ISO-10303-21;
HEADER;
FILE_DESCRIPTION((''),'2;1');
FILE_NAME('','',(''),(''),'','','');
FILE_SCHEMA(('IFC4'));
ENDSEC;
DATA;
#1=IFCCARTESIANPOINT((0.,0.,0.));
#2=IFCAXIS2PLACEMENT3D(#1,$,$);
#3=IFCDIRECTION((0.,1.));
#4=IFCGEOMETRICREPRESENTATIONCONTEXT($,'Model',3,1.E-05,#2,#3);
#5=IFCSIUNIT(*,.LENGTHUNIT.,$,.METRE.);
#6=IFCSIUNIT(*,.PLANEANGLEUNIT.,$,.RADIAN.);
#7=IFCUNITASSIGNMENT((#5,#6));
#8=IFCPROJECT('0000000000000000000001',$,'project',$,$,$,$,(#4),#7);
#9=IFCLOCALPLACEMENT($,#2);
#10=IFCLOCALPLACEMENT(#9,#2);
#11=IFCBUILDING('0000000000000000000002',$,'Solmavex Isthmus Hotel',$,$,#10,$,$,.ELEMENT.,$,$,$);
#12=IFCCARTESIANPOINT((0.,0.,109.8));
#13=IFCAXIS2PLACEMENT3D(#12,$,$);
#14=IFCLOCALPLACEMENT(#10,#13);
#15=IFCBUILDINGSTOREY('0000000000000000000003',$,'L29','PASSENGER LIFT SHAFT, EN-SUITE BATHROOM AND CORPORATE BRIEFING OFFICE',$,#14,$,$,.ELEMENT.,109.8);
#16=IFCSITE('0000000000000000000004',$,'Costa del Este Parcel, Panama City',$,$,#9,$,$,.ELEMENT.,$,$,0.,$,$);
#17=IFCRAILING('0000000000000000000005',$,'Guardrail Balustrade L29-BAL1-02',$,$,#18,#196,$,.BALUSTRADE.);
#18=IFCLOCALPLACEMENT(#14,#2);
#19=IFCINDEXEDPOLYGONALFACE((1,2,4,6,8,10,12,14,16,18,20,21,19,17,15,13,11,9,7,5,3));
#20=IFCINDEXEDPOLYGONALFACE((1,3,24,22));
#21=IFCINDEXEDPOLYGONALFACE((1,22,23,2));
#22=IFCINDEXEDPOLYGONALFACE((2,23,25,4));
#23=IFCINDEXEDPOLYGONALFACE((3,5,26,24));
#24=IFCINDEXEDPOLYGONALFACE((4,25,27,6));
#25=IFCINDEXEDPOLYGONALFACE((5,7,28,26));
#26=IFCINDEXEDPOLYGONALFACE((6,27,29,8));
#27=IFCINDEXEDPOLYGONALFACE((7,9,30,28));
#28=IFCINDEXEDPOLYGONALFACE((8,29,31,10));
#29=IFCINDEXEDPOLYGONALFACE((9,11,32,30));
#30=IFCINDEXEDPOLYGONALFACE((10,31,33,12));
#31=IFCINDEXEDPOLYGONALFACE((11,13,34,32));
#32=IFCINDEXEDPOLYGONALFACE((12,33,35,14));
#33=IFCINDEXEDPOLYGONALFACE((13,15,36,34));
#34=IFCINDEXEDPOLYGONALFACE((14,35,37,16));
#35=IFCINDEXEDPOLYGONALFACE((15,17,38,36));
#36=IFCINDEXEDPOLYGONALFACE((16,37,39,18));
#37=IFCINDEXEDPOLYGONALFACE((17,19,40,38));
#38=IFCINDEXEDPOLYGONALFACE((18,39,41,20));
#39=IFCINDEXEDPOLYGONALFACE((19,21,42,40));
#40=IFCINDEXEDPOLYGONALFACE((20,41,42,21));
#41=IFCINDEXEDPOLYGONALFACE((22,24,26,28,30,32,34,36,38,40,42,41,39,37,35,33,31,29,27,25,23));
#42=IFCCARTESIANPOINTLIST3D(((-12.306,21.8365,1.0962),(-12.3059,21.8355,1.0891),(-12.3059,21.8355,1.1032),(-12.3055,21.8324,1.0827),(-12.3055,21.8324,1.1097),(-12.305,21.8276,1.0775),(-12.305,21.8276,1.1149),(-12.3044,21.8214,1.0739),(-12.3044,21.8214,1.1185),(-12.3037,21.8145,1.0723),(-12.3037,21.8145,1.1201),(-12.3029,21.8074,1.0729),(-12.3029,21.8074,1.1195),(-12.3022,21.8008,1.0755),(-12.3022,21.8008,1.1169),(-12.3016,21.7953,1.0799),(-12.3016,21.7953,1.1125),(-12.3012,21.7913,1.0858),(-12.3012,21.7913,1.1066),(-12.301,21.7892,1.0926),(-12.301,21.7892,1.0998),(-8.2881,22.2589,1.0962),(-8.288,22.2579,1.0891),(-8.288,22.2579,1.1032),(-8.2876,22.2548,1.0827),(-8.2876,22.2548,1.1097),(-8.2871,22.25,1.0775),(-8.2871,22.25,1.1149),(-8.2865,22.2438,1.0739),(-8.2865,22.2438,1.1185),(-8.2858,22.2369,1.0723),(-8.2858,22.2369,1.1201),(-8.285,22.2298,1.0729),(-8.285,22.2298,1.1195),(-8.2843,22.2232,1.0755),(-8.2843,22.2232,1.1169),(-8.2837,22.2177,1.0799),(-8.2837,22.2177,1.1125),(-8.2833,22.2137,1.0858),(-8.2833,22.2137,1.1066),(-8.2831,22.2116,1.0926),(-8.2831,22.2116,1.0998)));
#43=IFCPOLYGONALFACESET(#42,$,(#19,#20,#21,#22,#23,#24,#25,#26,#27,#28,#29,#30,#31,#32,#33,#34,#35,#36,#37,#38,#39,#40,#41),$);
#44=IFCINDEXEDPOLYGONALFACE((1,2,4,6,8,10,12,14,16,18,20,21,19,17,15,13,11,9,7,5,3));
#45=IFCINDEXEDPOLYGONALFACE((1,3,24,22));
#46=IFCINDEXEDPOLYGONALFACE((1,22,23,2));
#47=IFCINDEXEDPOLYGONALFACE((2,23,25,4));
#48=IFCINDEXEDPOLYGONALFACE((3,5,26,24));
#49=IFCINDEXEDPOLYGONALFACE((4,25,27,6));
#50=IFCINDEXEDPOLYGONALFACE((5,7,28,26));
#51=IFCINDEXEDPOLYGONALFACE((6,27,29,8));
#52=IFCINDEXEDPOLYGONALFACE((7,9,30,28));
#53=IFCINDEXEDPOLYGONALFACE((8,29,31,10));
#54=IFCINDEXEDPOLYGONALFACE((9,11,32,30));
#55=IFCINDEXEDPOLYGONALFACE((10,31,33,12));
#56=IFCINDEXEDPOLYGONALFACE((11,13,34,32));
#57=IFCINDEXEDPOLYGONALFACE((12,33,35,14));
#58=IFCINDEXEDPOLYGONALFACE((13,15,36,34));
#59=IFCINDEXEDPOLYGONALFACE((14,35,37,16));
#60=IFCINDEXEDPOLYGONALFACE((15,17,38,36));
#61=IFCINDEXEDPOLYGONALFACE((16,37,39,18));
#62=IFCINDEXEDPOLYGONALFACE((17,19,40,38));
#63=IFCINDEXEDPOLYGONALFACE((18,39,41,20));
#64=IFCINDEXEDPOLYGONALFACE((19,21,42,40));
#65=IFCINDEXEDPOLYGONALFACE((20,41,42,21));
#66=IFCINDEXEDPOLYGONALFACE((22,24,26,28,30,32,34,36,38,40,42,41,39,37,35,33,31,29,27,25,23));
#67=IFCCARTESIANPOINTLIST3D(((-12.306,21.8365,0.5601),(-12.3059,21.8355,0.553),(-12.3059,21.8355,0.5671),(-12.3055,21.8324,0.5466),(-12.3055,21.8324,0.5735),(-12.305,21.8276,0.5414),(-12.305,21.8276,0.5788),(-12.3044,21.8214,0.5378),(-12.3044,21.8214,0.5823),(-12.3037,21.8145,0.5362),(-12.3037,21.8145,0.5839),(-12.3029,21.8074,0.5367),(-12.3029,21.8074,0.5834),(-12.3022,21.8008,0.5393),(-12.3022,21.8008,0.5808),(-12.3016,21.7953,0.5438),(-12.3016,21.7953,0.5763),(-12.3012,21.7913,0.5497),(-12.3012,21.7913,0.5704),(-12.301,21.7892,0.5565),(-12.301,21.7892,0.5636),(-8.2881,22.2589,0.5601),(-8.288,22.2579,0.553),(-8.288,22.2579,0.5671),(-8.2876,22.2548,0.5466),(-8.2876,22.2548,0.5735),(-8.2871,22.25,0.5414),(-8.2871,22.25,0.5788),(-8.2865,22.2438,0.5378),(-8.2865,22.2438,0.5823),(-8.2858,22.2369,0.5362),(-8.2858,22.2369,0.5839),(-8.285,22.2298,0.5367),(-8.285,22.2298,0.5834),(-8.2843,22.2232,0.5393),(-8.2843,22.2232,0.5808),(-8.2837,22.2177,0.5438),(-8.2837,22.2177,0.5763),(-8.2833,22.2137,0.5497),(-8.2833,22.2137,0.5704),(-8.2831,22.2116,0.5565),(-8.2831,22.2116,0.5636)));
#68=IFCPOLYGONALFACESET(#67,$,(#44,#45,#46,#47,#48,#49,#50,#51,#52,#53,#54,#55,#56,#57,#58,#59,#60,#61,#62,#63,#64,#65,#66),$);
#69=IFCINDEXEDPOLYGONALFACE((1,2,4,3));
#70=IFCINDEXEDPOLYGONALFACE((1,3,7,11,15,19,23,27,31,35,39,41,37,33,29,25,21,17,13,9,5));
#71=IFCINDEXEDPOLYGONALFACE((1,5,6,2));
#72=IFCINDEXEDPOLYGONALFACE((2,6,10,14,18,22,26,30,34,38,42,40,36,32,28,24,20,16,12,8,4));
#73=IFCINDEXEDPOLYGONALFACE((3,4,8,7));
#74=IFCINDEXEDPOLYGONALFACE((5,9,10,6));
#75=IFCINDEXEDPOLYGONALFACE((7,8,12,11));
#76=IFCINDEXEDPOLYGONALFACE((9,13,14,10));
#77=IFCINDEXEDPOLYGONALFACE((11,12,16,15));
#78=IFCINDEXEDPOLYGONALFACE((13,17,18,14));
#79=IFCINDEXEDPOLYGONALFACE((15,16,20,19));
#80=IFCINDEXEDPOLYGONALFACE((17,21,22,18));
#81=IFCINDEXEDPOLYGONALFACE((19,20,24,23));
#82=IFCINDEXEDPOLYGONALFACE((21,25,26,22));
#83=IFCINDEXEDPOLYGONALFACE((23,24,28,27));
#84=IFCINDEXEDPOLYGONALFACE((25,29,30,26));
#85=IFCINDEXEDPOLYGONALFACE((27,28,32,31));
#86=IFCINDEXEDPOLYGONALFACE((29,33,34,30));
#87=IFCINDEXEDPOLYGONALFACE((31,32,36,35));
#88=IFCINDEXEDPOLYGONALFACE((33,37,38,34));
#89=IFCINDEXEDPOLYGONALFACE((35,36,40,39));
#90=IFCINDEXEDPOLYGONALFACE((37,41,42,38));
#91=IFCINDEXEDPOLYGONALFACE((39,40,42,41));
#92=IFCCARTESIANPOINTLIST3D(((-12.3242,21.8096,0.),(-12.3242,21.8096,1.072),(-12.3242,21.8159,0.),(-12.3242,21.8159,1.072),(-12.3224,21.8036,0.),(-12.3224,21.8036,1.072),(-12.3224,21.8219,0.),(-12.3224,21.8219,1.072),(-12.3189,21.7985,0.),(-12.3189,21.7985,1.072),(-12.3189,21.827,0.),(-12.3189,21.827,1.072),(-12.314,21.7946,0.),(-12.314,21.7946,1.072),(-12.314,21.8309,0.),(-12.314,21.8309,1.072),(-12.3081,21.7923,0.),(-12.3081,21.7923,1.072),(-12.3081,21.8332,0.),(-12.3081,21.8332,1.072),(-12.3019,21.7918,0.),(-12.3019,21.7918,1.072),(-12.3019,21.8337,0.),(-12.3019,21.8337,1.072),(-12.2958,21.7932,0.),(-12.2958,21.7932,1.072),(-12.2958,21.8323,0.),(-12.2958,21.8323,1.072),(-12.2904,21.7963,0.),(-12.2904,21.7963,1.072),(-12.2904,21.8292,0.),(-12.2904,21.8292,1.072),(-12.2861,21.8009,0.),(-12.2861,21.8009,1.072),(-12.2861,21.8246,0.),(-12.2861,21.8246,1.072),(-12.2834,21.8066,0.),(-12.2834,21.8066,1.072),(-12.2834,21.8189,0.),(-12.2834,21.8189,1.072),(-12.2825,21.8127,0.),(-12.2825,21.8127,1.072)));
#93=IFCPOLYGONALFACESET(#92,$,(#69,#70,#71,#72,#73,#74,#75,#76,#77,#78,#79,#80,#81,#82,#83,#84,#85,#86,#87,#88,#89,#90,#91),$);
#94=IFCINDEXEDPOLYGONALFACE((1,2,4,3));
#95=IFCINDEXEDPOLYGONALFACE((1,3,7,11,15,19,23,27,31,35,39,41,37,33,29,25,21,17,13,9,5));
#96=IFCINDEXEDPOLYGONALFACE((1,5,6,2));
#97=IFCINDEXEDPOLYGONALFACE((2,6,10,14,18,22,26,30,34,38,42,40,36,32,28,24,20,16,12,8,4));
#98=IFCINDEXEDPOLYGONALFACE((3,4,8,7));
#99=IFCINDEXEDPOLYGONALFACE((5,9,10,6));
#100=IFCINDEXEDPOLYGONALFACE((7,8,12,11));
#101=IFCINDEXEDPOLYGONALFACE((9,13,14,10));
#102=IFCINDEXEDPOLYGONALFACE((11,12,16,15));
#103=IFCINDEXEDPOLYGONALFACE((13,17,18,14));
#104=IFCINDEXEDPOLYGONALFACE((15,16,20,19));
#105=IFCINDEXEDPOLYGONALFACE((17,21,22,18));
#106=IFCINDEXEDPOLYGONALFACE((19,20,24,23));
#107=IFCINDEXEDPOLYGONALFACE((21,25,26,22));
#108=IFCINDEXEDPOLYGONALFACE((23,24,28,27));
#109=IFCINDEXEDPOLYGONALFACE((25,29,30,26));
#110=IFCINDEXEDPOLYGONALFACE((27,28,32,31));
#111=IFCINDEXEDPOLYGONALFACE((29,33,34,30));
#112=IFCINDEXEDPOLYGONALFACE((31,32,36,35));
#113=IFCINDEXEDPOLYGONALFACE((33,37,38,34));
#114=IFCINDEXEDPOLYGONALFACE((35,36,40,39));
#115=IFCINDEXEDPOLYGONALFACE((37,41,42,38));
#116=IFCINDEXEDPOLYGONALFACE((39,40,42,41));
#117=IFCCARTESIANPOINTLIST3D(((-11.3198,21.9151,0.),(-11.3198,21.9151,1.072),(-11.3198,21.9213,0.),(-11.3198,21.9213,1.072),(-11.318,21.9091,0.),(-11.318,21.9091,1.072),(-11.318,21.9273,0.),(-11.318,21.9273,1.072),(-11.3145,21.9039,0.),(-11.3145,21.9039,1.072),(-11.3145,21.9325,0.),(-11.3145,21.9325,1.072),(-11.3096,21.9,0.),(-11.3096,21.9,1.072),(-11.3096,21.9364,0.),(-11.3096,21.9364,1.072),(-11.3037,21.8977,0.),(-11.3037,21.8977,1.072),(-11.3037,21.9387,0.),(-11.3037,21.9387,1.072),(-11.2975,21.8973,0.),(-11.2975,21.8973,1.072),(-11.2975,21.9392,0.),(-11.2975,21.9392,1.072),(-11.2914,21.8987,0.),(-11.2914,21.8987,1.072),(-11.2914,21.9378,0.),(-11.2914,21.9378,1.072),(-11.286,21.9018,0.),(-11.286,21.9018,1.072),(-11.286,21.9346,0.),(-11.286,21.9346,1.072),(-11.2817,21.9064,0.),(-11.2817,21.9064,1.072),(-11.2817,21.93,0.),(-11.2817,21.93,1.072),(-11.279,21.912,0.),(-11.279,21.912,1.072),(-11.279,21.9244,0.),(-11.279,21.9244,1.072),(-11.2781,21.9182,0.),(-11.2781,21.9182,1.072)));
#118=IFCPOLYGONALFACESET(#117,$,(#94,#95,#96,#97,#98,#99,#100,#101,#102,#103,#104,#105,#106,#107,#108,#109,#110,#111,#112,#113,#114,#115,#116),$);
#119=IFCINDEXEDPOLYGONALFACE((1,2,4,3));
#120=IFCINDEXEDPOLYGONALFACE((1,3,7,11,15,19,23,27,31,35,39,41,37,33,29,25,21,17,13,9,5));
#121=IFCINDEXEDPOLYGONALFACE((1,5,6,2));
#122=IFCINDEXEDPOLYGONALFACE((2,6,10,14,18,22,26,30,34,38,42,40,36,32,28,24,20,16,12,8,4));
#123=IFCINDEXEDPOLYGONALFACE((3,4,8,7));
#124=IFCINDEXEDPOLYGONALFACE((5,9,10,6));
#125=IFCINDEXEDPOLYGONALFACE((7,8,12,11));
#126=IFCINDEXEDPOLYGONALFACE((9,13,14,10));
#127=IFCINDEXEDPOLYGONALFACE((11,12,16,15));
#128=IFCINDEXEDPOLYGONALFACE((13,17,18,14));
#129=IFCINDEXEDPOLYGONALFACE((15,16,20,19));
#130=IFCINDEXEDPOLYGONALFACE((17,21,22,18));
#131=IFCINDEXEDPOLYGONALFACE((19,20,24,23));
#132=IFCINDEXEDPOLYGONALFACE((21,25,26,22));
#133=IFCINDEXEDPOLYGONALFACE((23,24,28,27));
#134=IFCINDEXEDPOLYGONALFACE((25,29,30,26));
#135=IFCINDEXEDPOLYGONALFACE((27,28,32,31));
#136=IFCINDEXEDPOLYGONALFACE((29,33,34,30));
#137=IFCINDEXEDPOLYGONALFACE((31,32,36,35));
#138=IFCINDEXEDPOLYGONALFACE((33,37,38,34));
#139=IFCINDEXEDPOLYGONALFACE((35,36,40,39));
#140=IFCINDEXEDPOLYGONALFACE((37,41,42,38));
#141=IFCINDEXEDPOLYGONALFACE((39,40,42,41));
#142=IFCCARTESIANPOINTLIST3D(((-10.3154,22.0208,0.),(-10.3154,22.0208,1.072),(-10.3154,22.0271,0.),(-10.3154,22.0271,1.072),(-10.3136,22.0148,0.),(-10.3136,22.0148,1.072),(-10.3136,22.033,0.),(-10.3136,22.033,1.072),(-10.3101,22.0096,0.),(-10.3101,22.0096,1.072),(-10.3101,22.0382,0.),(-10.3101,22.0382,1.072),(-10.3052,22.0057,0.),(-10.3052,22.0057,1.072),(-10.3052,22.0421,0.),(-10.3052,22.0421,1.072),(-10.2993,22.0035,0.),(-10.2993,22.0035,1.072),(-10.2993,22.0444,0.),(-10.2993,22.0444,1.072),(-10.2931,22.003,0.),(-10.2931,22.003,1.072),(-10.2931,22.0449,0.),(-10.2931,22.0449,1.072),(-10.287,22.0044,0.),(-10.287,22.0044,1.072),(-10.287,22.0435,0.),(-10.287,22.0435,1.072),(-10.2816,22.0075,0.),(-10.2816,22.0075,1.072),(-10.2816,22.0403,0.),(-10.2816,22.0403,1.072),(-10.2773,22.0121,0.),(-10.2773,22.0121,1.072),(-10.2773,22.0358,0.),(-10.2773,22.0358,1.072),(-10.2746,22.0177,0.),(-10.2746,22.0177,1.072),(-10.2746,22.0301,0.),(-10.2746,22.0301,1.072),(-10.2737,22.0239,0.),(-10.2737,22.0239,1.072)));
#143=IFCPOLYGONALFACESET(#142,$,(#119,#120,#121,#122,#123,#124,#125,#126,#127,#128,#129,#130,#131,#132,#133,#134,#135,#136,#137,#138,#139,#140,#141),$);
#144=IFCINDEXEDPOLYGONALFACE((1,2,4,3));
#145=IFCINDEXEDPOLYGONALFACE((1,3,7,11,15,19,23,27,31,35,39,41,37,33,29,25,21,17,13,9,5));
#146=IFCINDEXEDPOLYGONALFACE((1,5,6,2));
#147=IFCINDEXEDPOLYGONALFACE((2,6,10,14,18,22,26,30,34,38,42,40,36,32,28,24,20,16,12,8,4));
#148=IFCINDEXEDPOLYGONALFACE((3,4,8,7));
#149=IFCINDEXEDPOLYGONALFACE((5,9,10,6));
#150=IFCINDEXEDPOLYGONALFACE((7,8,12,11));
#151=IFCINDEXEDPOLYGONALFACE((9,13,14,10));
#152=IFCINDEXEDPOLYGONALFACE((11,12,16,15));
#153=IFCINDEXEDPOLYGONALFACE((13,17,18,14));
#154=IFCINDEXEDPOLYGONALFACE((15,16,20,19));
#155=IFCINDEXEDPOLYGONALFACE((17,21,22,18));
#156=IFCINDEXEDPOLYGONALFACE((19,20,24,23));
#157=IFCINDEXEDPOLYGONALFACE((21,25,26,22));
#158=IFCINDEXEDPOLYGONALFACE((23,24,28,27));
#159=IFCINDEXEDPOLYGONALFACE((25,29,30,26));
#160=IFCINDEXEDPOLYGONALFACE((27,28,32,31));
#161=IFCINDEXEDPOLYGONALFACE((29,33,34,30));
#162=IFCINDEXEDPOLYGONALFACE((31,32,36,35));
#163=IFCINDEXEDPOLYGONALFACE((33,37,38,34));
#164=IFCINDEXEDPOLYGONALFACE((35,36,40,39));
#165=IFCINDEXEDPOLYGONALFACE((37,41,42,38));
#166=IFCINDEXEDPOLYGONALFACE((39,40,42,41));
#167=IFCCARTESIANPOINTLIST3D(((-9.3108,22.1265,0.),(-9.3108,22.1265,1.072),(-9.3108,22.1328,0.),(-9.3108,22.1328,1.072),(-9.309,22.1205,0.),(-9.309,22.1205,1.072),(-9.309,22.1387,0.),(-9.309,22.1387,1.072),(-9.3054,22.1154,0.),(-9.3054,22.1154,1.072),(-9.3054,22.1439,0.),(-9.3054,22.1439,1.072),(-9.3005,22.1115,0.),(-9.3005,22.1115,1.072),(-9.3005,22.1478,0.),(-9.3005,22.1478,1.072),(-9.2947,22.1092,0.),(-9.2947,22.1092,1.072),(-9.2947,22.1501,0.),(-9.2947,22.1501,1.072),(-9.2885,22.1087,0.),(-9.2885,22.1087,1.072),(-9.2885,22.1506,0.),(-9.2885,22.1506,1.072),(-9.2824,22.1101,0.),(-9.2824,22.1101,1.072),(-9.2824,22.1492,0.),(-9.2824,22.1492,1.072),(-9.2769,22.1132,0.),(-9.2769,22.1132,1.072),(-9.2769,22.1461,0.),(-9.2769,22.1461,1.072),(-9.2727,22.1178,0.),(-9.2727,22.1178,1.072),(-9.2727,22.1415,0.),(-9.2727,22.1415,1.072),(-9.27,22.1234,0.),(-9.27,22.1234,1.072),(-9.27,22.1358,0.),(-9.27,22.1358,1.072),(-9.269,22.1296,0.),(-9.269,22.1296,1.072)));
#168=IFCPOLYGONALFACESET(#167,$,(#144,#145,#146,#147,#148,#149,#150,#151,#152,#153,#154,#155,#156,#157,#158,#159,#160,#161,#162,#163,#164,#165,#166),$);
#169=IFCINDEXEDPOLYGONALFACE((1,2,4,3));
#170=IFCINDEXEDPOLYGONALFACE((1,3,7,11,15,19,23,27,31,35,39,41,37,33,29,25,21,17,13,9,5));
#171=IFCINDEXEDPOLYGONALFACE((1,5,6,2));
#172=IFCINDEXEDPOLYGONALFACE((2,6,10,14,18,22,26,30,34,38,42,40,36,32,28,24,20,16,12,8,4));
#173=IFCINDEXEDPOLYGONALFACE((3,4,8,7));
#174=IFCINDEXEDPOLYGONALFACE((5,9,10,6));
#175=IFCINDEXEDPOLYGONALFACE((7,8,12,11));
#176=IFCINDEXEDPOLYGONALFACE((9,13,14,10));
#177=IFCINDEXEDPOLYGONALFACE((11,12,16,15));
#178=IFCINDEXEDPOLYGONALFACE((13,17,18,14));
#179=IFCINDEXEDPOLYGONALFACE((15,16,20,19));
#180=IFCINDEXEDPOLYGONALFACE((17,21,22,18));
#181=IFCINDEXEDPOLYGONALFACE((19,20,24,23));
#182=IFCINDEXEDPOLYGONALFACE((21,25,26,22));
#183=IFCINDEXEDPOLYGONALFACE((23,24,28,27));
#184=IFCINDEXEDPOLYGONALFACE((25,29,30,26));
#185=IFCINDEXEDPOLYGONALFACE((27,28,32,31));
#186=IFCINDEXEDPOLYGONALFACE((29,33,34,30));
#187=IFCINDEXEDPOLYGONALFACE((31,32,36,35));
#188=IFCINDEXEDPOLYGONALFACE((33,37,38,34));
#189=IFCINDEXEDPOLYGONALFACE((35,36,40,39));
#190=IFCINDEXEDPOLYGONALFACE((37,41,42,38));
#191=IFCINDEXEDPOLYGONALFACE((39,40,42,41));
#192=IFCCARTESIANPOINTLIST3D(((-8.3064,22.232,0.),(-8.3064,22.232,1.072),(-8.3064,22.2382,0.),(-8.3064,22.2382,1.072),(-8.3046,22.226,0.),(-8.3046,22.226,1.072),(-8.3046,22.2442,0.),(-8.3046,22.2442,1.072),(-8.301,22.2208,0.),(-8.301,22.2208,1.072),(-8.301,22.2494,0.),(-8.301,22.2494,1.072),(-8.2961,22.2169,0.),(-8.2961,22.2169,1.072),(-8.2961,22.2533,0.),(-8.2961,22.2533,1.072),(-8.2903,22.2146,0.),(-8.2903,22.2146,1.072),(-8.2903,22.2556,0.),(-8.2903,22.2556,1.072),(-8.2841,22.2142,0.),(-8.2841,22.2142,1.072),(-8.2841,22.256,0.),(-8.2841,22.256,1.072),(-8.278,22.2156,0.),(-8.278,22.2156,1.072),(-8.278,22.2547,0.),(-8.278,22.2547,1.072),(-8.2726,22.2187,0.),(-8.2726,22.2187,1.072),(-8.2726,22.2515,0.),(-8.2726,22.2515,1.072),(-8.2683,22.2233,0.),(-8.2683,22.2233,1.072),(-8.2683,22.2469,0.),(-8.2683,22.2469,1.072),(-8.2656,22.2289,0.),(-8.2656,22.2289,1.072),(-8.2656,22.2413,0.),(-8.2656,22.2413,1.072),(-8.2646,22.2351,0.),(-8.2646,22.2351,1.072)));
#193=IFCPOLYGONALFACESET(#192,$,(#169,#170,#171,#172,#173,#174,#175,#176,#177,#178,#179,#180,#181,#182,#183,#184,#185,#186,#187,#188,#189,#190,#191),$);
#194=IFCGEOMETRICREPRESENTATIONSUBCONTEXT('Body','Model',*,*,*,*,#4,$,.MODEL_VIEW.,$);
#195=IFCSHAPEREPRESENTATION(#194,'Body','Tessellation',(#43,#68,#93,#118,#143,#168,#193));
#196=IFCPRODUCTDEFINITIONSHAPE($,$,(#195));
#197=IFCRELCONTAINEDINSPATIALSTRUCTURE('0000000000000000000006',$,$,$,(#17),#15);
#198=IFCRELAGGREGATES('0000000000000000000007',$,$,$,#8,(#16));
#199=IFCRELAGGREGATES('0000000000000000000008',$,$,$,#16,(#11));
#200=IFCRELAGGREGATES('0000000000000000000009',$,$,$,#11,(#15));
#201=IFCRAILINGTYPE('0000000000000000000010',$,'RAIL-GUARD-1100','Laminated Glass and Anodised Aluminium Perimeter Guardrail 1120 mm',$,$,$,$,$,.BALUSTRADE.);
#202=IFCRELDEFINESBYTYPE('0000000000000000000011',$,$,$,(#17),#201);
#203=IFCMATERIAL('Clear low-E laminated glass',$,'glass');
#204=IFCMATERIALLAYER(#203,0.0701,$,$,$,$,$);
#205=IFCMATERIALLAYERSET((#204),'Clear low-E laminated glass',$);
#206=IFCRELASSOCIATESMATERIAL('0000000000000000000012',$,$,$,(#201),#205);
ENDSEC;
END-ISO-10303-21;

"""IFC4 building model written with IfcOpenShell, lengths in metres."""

from ifc_helpers import new_model, si_unit, direction, frame, origin, origin_2d, place, context, subcontext, project, spatial, circle, extrude, material, layer, layer_set, type_object, element, save


model = new_model("IFC4")

# Units and contexts
model_context = context("Model", 3, precision=1e-05, world=origin(), true_north=direction((0.0, 1.0)))
body_context = subcontext(model_context, "Body", "Model", "MODEL_VIEW")
ifc_project = project(units=[si_unit("LENGTHUNIT", "METRE"), si_unit("PLANEANGLEUNIT", "RADIAN")], contexts=[model_context])

# Site, building, storey
site_placement = place(None, origin())
site = spatial("IfcSite", under=ifc_project, at=site_placement, Name="Costa del Este Parcel, Panama City", CompositionType="ELEMENT", RefElevation=0.0)
building_placement = place(site_placement, origin())
building = spatial("IfcBuilding", under=site, at=building_placement, Name="Solmavex Isthmus Hotel", CompositionType="ELEMENT")
storey_placement = place(building_placement, frame((0.0, 0.0, 109.8)))
storey = spatial("IfcBuildingStorey", under=building, at=storey_placement, Name="L29", Description="PASSENGER LIFT SHAFT, EN-SUITE BATHROOM AND CORPORATE BRIEFING OFFICE", CompositionType="ELEMENT", Elevation=109.8)

# Shared definitions
ifc_material_1 = material(Name="Clear low-E laminated glass", Category="glass")

# Railing
ifc_layer_1 = layer(ifc_material_1, 0.0701)
ifc_layer_set_1 = layer_set([ifc_layer_1], Name="Clear low-E laminated glass")
railing_type = type_object("IfcRailingType", Name="RAIL-GUARD-1100", Description="Laminated Glass and Anodised Aluminium Perimeter Guardrail 1120 mm", PredefinedType="BALUSTRADE", material=ifc_layer_set_1)
railing_1_placement = place(storey_placement, frame((-12.3035, 21.8127, 0.0)))
element("IfcRailing", 1, at=railing_1_placement, inside=storey, type_object=railing_type, Name="Guardrail Balustrade L29-BAL1-02", PredefinedType="BALUSTRADE", context=body_context, shape_type="SweptSolid", body=[
    extrude(circle(Radius=0.0239, at=origin_2d()), frame((0.0, 0.0, 1.0962), z_axis=(0.99452, 0.104546, 0.0), x_axis=(-0.104546, 0.99452, 0.0)), (0.0, 0.0, 1.0), 4.04),
    extrude(circle(Radius=0.0239, at=origin_2d()), frame((0.0, 0.0, 0.5601), z_axis=(0.99452, 0.104546, 0.0), x_axis=(-0.104546, 0.99452, 0.0)), (0.0, 0.0, 1.0), 4.04),
    extrude(circle(Radius=0.021, at=origin_2d()), origin(), (0.0, 0.0, 1.0), 1.072),
    extrude(circle(Radius=0.021, at=origin_2d()), frame((1.0044, 0.1055, 0.0)), (0.0, 0.0, 1.0), 1.072),
    extrude(circle(Radius=0.021, at=origin_2d()), frame((2.0088, 0.2112, 0.0)), (0.0, 0.0, 1.0), 1.072),
    extrude(circle(Radius=0.021, at=origin_2d()), frame((3.0134, 0.3169, 0.0)), (0.0, 0.0, 1.0), 1.072),
    extrude(circle(Radius=0.021, at=origin_2d()), frame((4.0178, 0.4224, 0.0)), (0.0, 0.0, 1.0), 1.072),
])

save(model, "model.ifc")
